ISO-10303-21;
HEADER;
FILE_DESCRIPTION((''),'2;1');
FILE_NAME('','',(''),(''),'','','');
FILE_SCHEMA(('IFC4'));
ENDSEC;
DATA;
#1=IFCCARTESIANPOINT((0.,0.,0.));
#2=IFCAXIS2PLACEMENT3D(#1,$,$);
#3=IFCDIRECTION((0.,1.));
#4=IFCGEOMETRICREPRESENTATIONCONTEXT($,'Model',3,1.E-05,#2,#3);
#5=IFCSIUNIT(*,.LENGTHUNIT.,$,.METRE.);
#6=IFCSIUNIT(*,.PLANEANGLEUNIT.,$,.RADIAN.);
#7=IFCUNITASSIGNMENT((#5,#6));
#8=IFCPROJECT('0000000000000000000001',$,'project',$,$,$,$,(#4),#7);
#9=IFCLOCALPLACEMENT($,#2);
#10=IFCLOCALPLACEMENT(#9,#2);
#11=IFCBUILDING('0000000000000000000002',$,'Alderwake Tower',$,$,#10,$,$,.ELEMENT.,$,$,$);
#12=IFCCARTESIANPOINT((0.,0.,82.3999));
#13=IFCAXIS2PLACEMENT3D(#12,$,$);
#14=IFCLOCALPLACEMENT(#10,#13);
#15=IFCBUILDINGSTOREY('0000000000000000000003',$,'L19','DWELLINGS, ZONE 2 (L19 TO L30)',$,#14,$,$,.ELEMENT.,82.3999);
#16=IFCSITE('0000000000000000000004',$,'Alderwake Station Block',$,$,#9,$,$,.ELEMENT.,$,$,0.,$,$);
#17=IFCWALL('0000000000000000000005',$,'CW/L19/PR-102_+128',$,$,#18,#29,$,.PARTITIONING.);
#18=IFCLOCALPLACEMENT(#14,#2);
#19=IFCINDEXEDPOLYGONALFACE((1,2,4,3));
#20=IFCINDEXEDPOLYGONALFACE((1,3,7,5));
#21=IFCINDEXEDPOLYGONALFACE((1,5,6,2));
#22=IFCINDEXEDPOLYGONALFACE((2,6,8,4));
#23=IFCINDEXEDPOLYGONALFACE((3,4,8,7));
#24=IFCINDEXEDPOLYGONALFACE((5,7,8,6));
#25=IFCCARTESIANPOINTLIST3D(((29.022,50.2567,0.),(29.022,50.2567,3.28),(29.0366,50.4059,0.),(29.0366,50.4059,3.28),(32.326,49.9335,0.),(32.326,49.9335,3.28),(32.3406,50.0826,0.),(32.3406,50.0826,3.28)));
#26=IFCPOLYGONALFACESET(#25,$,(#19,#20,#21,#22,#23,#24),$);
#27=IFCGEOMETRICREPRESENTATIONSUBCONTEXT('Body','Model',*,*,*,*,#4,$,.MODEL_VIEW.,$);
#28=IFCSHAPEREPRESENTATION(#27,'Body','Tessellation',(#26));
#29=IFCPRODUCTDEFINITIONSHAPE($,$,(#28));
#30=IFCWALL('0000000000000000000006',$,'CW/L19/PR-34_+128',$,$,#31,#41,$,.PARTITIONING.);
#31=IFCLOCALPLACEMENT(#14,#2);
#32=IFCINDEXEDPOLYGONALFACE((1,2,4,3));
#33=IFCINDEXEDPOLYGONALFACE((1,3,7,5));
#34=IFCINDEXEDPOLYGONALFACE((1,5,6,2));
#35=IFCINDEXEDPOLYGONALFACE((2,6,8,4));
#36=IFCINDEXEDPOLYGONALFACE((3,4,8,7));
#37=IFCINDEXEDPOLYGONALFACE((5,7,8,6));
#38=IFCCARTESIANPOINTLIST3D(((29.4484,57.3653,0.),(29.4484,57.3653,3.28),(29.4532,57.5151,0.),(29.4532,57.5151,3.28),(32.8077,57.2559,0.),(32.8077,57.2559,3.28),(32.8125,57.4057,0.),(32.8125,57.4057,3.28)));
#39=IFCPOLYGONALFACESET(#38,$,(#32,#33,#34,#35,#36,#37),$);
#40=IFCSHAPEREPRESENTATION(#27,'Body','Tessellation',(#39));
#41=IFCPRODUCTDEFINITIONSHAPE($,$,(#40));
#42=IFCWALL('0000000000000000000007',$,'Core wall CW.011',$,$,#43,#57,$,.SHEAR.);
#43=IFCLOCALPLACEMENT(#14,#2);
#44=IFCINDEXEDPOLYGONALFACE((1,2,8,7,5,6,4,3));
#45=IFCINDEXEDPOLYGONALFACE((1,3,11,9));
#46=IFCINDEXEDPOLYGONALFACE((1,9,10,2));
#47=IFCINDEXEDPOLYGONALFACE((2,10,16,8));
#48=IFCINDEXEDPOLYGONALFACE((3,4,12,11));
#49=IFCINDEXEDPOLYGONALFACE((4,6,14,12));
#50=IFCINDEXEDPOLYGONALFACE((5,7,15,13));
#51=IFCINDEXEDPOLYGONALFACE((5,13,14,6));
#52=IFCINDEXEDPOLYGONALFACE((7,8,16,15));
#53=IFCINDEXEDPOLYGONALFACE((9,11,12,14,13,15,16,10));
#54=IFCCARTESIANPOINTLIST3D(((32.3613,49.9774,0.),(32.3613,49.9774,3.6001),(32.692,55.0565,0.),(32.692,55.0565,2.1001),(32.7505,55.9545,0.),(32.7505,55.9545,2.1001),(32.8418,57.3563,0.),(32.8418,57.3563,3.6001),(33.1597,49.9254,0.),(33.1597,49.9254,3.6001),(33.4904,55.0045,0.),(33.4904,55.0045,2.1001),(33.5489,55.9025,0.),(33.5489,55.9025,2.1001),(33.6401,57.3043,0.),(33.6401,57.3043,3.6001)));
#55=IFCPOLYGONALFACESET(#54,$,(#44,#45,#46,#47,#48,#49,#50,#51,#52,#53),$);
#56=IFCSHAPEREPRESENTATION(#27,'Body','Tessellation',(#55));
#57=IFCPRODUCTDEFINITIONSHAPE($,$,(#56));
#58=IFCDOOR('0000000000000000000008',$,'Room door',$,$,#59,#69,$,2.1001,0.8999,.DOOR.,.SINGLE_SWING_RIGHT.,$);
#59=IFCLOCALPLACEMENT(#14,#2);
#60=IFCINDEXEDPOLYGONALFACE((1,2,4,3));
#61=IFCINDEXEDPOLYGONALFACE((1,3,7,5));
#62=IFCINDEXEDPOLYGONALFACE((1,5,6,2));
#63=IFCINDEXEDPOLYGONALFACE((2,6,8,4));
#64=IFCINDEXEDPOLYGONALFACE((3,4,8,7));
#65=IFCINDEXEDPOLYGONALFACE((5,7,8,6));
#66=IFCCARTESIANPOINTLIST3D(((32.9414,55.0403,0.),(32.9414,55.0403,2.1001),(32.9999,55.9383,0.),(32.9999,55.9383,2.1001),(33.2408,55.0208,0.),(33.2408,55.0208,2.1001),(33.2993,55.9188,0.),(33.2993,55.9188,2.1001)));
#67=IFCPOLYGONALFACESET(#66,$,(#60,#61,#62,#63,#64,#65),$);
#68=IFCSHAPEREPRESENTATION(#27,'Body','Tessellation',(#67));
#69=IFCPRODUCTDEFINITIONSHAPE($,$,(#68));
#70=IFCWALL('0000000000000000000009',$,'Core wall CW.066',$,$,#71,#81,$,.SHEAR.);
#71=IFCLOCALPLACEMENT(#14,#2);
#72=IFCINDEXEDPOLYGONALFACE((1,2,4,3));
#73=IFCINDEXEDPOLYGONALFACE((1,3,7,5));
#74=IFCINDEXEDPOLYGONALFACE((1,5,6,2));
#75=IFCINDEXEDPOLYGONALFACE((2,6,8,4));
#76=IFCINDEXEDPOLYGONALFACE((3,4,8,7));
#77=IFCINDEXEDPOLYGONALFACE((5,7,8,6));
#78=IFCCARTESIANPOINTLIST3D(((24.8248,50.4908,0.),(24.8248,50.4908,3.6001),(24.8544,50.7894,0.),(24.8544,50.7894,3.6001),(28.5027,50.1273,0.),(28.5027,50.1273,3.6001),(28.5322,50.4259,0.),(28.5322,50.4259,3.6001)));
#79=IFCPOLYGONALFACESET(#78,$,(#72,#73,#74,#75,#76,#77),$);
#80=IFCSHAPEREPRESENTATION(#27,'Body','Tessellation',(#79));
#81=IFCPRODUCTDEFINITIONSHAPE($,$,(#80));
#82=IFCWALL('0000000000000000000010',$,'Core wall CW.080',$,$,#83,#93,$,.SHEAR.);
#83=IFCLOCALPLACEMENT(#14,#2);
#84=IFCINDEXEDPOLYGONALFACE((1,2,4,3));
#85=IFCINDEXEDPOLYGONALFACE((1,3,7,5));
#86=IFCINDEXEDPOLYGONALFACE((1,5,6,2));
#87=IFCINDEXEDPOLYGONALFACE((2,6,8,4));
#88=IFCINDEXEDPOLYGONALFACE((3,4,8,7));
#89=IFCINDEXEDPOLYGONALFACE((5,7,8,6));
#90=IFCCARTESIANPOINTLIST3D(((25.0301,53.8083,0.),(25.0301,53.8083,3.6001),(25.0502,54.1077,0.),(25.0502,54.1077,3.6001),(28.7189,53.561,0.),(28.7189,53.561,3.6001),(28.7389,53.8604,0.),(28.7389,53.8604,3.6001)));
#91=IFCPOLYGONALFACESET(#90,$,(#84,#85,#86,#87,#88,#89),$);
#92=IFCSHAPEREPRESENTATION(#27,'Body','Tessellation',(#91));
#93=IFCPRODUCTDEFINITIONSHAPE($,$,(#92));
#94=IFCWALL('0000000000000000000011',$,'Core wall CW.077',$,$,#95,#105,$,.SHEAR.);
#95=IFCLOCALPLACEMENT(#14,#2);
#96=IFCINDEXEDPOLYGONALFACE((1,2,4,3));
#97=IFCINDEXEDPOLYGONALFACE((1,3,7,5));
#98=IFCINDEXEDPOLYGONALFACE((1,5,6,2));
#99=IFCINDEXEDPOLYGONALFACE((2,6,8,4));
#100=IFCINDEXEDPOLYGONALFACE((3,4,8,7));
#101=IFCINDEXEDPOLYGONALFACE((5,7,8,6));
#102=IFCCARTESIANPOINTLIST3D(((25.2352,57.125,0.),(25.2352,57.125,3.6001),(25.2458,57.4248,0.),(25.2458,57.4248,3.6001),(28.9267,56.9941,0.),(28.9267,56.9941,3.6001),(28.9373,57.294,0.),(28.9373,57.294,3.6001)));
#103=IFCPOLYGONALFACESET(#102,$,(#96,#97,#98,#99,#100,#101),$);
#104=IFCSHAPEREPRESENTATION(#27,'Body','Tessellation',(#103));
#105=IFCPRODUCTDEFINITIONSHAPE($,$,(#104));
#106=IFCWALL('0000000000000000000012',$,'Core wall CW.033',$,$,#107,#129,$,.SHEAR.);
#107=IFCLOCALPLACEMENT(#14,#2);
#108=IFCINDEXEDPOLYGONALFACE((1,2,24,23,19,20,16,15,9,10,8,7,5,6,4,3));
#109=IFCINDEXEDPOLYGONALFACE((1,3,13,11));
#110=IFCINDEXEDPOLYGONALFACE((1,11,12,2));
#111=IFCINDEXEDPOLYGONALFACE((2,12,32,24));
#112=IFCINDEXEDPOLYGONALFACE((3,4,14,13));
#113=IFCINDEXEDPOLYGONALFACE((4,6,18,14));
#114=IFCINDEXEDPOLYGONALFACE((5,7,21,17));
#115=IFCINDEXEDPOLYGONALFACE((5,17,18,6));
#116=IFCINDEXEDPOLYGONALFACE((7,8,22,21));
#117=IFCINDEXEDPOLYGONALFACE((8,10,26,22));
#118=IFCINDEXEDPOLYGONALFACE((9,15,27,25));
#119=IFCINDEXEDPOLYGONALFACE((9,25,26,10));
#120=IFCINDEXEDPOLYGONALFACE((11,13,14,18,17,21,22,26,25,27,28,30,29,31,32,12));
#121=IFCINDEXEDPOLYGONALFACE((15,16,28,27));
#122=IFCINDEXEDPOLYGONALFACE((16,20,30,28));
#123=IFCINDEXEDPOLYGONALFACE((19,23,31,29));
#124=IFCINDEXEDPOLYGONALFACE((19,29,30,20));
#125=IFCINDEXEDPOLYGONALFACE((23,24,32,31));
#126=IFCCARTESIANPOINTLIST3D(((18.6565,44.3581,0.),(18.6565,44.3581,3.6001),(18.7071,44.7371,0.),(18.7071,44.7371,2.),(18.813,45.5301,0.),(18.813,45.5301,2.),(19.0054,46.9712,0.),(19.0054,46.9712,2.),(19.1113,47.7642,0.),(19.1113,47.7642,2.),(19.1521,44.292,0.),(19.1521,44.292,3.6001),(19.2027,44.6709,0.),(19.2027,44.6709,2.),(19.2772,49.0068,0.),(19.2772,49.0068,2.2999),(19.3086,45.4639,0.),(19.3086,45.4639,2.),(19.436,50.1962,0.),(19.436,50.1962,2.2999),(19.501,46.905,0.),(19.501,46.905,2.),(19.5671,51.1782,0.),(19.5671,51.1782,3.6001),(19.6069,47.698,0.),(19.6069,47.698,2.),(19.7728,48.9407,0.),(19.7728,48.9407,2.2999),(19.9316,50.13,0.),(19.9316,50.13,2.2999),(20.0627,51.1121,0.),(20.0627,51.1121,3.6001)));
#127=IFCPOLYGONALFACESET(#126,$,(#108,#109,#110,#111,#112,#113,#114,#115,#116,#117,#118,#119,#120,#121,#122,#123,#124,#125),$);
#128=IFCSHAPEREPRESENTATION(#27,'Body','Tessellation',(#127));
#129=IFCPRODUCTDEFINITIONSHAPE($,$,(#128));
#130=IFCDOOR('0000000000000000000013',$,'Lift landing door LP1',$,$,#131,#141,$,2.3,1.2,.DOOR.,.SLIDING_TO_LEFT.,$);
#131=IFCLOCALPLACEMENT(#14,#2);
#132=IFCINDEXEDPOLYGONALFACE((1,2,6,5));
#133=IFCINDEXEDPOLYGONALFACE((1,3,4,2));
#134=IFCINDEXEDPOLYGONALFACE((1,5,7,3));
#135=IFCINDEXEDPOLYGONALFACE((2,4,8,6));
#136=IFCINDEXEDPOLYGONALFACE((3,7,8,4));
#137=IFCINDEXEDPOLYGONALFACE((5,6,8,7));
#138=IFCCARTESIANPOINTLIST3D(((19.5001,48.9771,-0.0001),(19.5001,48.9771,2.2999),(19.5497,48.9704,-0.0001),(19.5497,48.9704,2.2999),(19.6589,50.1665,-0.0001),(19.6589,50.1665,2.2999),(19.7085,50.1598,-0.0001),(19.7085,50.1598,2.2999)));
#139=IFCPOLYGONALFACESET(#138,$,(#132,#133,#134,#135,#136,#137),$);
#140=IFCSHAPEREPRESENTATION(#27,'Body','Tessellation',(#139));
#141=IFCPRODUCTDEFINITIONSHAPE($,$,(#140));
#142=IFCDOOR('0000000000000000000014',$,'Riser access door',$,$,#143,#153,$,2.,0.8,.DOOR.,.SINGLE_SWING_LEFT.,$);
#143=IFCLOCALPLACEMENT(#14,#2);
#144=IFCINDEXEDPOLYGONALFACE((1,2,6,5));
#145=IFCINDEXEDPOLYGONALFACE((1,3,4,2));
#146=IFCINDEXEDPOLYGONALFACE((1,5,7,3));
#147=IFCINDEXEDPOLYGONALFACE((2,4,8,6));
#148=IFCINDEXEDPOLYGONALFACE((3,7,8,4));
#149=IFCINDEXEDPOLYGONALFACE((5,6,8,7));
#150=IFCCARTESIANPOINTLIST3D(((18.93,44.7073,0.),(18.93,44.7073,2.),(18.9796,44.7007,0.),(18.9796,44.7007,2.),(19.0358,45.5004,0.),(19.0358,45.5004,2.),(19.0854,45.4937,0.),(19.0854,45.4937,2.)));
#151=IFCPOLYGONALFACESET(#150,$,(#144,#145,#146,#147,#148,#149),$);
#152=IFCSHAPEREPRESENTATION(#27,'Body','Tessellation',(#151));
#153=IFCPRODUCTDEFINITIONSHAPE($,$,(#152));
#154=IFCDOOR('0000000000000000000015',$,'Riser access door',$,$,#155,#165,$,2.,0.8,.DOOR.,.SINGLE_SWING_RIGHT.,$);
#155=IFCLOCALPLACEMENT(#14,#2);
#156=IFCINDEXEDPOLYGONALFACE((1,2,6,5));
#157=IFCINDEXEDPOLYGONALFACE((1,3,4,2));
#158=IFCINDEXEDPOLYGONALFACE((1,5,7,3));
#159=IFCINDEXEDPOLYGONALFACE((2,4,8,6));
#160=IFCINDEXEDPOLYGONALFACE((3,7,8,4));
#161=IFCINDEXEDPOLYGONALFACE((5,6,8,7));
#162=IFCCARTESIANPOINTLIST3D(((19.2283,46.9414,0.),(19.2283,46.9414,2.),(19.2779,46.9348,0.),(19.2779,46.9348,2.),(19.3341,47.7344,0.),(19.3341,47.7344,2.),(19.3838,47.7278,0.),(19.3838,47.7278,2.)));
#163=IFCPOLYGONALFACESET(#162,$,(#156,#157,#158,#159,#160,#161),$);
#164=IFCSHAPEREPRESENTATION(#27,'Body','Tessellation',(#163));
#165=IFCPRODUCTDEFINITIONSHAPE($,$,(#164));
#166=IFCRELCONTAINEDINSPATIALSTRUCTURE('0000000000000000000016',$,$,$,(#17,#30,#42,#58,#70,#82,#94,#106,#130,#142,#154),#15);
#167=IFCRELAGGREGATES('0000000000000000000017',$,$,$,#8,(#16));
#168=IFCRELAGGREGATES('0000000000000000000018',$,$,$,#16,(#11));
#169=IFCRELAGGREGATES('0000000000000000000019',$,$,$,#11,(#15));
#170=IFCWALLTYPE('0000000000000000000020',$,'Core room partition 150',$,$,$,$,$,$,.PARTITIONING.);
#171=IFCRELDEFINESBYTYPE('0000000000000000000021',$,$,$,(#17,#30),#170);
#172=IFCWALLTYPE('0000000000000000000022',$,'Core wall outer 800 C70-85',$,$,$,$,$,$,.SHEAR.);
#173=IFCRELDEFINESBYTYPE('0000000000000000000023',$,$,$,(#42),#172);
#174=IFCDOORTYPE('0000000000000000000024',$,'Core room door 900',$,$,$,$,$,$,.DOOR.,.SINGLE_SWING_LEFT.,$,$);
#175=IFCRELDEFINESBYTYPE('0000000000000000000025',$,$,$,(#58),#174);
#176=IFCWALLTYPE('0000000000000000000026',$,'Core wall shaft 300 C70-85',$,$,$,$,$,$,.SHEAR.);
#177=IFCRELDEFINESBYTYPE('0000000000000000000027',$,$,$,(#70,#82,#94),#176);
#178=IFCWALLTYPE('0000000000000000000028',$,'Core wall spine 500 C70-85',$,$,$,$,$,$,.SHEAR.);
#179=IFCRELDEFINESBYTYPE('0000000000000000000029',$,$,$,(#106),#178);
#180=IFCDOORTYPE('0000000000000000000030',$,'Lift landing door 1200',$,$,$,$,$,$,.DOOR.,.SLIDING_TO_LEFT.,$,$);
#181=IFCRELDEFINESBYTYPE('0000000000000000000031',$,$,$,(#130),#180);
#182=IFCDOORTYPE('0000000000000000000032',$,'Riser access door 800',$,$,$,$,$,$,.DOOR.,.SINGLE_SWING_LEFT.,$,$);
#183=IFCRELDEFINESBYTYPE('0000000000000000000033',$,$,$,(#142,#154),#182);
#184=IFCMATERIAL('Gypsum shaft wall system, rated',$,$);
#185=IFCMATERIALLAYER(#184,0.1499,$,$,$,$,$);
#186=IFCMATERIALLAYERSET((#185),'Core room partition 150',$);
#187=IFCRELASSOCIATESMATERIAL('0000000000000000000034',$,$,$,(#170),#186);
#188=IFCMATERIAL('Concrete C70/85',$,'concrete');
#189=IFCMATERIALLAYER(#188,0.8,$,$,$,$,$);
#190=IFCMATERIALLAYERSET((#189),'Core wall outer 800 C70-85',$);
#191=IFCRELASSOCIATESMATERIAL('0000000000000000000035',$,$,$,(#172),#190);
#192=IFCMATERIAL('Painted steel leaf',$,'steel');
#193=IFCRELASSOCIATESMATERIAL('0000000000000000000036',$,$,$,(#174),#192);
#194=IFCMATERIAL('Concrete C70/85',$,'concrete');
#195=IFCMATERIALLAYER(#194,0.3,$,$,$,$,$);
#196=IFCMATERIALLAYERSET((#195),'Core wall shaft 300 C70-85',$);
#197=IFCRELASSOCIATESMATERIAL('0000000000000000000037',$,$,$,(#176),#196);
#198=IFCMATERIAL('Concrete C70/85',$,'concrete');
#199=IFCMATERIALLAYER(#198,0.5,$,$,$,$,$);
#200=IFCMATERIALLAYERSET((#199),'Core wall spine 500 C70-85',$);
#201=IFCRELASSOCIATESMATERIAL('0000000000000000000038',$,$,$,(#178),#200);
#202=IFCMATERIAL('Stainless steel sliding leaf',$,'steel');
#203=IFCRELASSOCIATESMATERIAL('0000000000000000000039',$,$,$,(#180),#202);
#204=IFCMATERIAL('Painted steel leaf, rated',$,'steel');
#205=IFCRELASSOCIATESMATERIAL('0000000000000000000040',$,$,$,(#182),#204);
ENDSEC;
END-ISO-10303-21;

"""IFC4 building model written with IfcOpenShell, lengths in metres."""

from ifc_helpers import new_model, si_unit, direction, frame, frame_2d, origin, place, context, subcontext, project, spatial, rectangle, extrude, material, layer, layer_set, type_object, element, fill, save


model = new_model("IFC4")

# Units and contexts
model_context = context("Model", 3, precision=1e-05, world=origin(), true_north=direction((0.0, 1.0)))
body_context = subcontext(model_context, "Body", "Model", "MODEL_VIEW")
ifc_project = project(units=[si_unit("LENGTHUNIT", "METRE"), si_unit("PLANEANGLEUNIT", "RADIAN")], contexts=[model_context])

# Site, building, storey
site_placement = place(None, origin())
site = spatial("IfcSite", under=ifc_project, at=site_placement, Name="Alderwake Station Block", CompositionType="ELEMENT", RefElevation=0.0)
building_placement = place(site_placement, origin())
building = spatial("IfcBuilding", under=site, at=building_placement, Name="Alderwake Tower", CompositionType="ELEMENT")
storey_placement = place(building_placement, frame((0.0, 0.0, 82.3999)))
storey = spatial("IfcBuildingStorey", under=building, at=storey_placement, Name="L19", Description="DWELLINGS, ZONE 2 (L19 TO L30)", CompositionType="ELEMENT", Elevation=82.3999)

# Walls
ifc_material_1 = material(Name="Gypsum shaft wall system, rated")
ifc_layer_1 = layer(ifc_material_1, 0.1499)
ifc_layer_set_1 = layer_set([ifc_layer_1], Name="Core room partition 150")
wall_type_1 = type_object("IfcWallType", Name="Core room partition 150", PredefinedType="PARTITIONING", material=ifc_layer_set_1)
wall_1_placement = place(storey_placement, frame((29.0293, 50.3313, 0.0), z_axis=(0.0, 0.0, 1.0), x_axis=(0.995248, -0.09737, 0.0)))
element("IfcWall", 1, at=wall_1_placement, inside=storey, type_object=wall_type_1, Name="CW/L19/PR-102_+128", PredefinedType="PARTITIONING", context=body_context, shape_type="SweptSolid", body=[
    extrude(rectangle(XDim=3.3198, YDim=0.1499, at=frame_2d((1.6599, 0.0))), origin(), (0.0, 0.0, 1.0), 3.28),
])
wall_2_placement = place(storey_placement, frame((29.4507, 57.4402, 0.0), z_axis=(0.0, 0.0, 1.0), x_axis=(0.99947, -0.032541, 0.0)))
element("IfcWall", 2, at=wall_2_placement, inside=storey, type_object=wall_type_1, Name="CW/L19/PR-34_+128", PredefinedType="PARTITIONING", context=body_context, shape_type="SweptSolid", body=[
    extrude(rectangle(XDim=3.3611, YDim=0.1499, at=frame_2d((1.6807, 0.0))), origin(), (0.0, 0.0, 1.0), 3.28),
])

# Wall, opening, door
ifc_material_2 = material(Name="Concrete C70/85", Category="concrete")
ifc_layer_2 = layer(ifc_material_2, 0.8)
ifc_layer_set_2 = layer_set([ifc_layer_2], Name="Core wall outer 800 C70-85")
wall_type_2 = type_object("IfcWallType", Name="Core wall outer 800 C70-85", PredefinedType="SHEAR", material=ifc_layer_set_2)
wall_3_placement = place(storey_placement, frame((33.241, 57.3303, 0.0), z_axis=(0.0, 0.0, 1.0), x_axis=(-0.064976, -0.997887, 0.0)))
wall_3 = element("IfcWall", 3, at=wall_3_placement, inside=storey, type_object=wall_type_2, Name="Core wall CW.011", PredefinedType="SHEAR", context=body_context, shape_type="SweptSolid", body=[
    extrude(rectangle(XDim=7.3945, YDim=0.8, at=frame_2d((3.6973, 0.0))), origin(), (0.0, 0.0, 1.0), 3.6001),
])
opening_1_placement = place(wall_3_placement, frame((1.4048, 0.0, 0.0)))
opening_1 = element("IfcOpeningElement", 4, at=opening_1_placement, cuts=wall_3, PredefinedType="OPENING", context=body_context, shape_type="SweptSolid", body=[
    extrude(rectangle(XDim=0.8999, YDim=2.1001, at=frame_2d((0.45, 1.05))), frame((0.0, 0.4099, 0.0), z_axis=(0.0, -1.0, 0.0), x_axis=(1.0, 0.0, 0.0)), (0.0, 0.0, 1.0), 0.8201),
])
ifc_material_3 = material(Name="Painted steel leaf", Category="steel")
door_type_1 = type_object("IfcDoorType", Name="Core room door 900", OperationType="SINGLE_SWING_LEFT", PredefinedType="DOOR", material=ifc_material_3)
door_1_placement = place(opening_1_placement, origin())
door_1 = element("IfcDoor", 5, at=door_1_placement, inside=storey, type_object=door_type_1, Name="Room door", OperationType="SINGLE_SWING_RIGHT", OverallHeight=2.1001, OverallWidth=0.8999, PredefinedType="DOOR", context=body_context, shape_type="SweptSolid", body=[
    extrude(rectangle(XDim=0.8999, YDim=2.1001, at=frame_2d((0.45, 1.05))), frame((0.0, 0.1499, 0.0), z_axis=(0.0, -1.0, 0.0), x_axis=(1.0, 0.0, 0.0)), (0.0, 0.0, 1.0), 0.3),
])
fill(opening_1, door_1)

# Walls
ifc_material_4 = material(Name="Concrete C70/85", Category="concrete")
ifc_layer_3 = layer(ifc_material_4, 0.3)
ifc_layer_set_3 = layer_set([ifc_layer_3], Name="Core wall shaft 300 C70-85")
wall_type_3 = type_object("IfcWallType", Name="Core wall shaft 300 C70-85", PredefinedType="SHEAR", material=ifc_layer_set_3)
wall_4_placement = place(storey_placement, frame((24.8396, 50.6401, 0.0), z_axis=(0.0, 0.0, 1.0), x_axis=(0.995151, -0.098359, 0.0)))
element("IfcWall", 6, at=wall_4_placement, inside=storey, type_object=wall_type_3, Name="Core wall CW.066", PredefinedType="SHEAR", context=body_context, shape_type="SweptSolid", body=[
    extrude(rectangle(XDim=3.6958, YDim=0.3, at=frame_2d((1.8479, 0.0))), origin(), (0.0, 0.0, 1.0), 3.6001),
])
wall_5_placement = place(storey_placement, frame((25.04, 53.958, 0.0), z_axis=(0.0, 0.0, 1.0), x_axis=(0.99776, -0.066896, 0.0)))
element("IfcWall", 7, at=wall_5_placement, inside=storey, type_object=wall_type_3, Name="Core wall CW.080", PredefinedType="SHEAR", context=body_context, shape_type="SweptSolid", body=[
    extrude(rectangle(XDim=3.697, YDim=0.3, at=frame_2d((1.8486, 0.0))), origin(), (0.0, 0.0, 1.0), 3.6001),
])
wall_6_placement = place(storey_placement, frame((25.2405, 57.2749, 0.0), z_axis=(0.0, 0.0, 1.0), x_axis=(0.999372, -0.035425, 0.0)))
element("IfcWall", 8, at=wall_6_placement, inside=storey, type_object=wall_type_3, Name="Core wall CW.077", PredefinedType="SHEAR", context=body_context, shape_type="SweptSolid", body=[
    extrude(rectangle(XDim=3.6938, YDim=0.3, at=frame_2d((1.8469, 0.0))), origin(), (0.0, 0.0, 1.0), 3.6001),
])

# Wall, openings, doors
ifc_material_5 = material(Name="Concrete C70/85", Category="concrete")
ifc_layer_4 = layer(ifc_material_5, 0.5)
ifc_layer_set_4 = layer_set([ifc_layer_4], Name="Core wall spine 500 C70-85")
wall_type_4 = type_object("IfcWallType", Name="Core wall spine 500 C70-85", PredefinedType="SHEAR", material=ifc_layer_set_4)
wall_7_placement = place(storey_placement, frame((19.8149, 51.1453, 0.0), z_axis=(0.0, 0.0, 1.0), x_axis=(-0.13235, -0.991203, 0.0)))
wall_7 = element("IfcWall", 9, at=wall_7_placement, inside=storey, type_object=wall_type_4, Name="Core wall CW.033", PredefinedType="SHEAR", context=body_context, shape_type="SweptSolid", body=[
    extrude(rectangle(XDim=6.8806, YDim=0.5, at=frame_2d((3.4404, 0.0))), origin(), (0.0, 0.0, 1.0), 3.6001),
])
opening_2_placement = place(wall_7_placement, frame((0.9907, 0.0, 0.0)))
opening_2 = element("IfcOpeningElement", 10, at=opening_2_placement, cuts=wall_7, PredefinedType="OPENING", context=body_context, shape_type="SweptSolid", body=[
    extrude(rectangle(XDim=1.2, YDim=2.3, at=frame_2d((0.6001, 1.1499))), frame((0.0, 0.26, 0.0), z_axis=(0.0, -1.0, 0.0), x_axis=(1.0, 0.0, 0.0)), (0.0, 0.0, 1.0), 0.52),
])
opening_3_placement = place(wall_7_placement, frame((5.6985, 0.0, 0.0)))
opening_3 = element("IfcOpeningElement", 11, at=opening_3_placement, cuts=wall_7, PredefinedType="OPENING", context=body_context, shape_type="SweptSolid", body=[
    extrude(rectangle(XDim=0.8, YDim=2.0, at=frame_2d((0.3999, 1.0))), frame((0.0, 0.26, 0.0), z_axis=(0.0, -1.0, 0.0), x_axis=(1.0, 0.0, 0.0)), (0.0, 0.0, 1.0), 0.52),
])
opening_4_placement = place(wall_7_placement, frame((3.4446, 0.0, 0.0)))
opening_4 = element("IfcOpeningElement", 12, at=opening_4_placement, cuts=wall_7, PredefinedType="OPENING", context=body_context, shape_type="SweptSolid", body=[
    extrude(rectangle(XDim=0.8, YDim=2.0, at=frame_2d((0.3999, 1.0))), frame((0.0, 0.26, 0.0), z_axis=(0.0, -1.0, 0.0), x_axis=(1.0, 0.0, 0.0)), (0.0, 0.0, 1.0), 0.52),
])
ifc_material_6 = material(Name="Stainless steel sliding leaf", Category="steel")
door_type_2 = type_object("IfcDoorType", Name="Lift landing door 1200", OperationType="SLIDING_TO_LEFT", PredefinedType="DOOR", material=ifc_material_6)
door_2_placement = place(opening_2_placement, origin())
door_2 = element("IfcDoor", 13, at=door_2_placement, inside=storey, type_object=door_type_2, Name="Lift landing door LP1", OperationType="SLIDING_TO_LEFT", OverallHeight=2.3, OverallWidth=1.2, PredefinedType="DOOR", context=body_context, shape_type="SweptSolid", body=[
    extrude(rectangle(XDim=1.2, YDim=2.3, at=frame_2d((0.6001, 1.1499))), frame((0.0, 0.0249, 0.0), z_axis=(0.0, -1.0, 0.0), x_axis=(1.0, 0.0, 0.0)), (0.0, 0.0, 1.0), 0.05),
])
fill(opening_2, door_2)
ifc_material_7 = material(Name="Painted steel leaf, rated", Category="steel")
door_type_3 = type_object("IfcDoorType", Name="Riser access door 800", OperationType="SINGLE_SWING_LEFT", PredefinedType="DOOR", material=ifc_material_7)
door_3_placement = place(opening_3_placement, origin())
door_3 = element("IfcDoor", 14, at=door_3_placement, inside=storey, type_object=door_type_3, Name="Riser access door", OperationType="SINGLE_SWING_LEFT", OverallHeight=2.0, OverallWidth=0.8, PredefinedType="DOOR", context=body_context, shape_type="SweptSolid", body=[
    extrude(rectangle(XDim=0.8, YDim=2.0, at=frame_2d((0.3999, 1.0))), frame((0.0, 0.0249, 0.0), z_axis=(0.0, -1.0, 0.0), x_axis=(1.0, 0.0, 0.0)), (0.0, 0.0, 1.0), 0.05),
])
fill(opening_3, door_3)
door_4_placement = place(opening_4_placement, origin())
door_4 = element("IfcDoor", 15, at=door_4_placement, inside=storey, type_object=door_type_3, Name="Riser access door", OperationType="SINGLE_SWING_RIGHT", OverallHeight=2.0, OverallWidth=0.8, PredefinedType="DOOR", context=body_context, shape_type="SweptSolid", body=[
    extrude(rectangle(XDim=0.8, YDim=2.0, at=frame_2d((0.3999, 1.0))), frame((0.0, 0.0249, 0.0), z_axis=(0.0, -1.0, 0.0), x_axis=(1.0, 0.0, 0.0)), (0.0, 0.0, 1.0), 0.05),
])
fill(opening_4, door_4)

save(model, "model.ifc")
